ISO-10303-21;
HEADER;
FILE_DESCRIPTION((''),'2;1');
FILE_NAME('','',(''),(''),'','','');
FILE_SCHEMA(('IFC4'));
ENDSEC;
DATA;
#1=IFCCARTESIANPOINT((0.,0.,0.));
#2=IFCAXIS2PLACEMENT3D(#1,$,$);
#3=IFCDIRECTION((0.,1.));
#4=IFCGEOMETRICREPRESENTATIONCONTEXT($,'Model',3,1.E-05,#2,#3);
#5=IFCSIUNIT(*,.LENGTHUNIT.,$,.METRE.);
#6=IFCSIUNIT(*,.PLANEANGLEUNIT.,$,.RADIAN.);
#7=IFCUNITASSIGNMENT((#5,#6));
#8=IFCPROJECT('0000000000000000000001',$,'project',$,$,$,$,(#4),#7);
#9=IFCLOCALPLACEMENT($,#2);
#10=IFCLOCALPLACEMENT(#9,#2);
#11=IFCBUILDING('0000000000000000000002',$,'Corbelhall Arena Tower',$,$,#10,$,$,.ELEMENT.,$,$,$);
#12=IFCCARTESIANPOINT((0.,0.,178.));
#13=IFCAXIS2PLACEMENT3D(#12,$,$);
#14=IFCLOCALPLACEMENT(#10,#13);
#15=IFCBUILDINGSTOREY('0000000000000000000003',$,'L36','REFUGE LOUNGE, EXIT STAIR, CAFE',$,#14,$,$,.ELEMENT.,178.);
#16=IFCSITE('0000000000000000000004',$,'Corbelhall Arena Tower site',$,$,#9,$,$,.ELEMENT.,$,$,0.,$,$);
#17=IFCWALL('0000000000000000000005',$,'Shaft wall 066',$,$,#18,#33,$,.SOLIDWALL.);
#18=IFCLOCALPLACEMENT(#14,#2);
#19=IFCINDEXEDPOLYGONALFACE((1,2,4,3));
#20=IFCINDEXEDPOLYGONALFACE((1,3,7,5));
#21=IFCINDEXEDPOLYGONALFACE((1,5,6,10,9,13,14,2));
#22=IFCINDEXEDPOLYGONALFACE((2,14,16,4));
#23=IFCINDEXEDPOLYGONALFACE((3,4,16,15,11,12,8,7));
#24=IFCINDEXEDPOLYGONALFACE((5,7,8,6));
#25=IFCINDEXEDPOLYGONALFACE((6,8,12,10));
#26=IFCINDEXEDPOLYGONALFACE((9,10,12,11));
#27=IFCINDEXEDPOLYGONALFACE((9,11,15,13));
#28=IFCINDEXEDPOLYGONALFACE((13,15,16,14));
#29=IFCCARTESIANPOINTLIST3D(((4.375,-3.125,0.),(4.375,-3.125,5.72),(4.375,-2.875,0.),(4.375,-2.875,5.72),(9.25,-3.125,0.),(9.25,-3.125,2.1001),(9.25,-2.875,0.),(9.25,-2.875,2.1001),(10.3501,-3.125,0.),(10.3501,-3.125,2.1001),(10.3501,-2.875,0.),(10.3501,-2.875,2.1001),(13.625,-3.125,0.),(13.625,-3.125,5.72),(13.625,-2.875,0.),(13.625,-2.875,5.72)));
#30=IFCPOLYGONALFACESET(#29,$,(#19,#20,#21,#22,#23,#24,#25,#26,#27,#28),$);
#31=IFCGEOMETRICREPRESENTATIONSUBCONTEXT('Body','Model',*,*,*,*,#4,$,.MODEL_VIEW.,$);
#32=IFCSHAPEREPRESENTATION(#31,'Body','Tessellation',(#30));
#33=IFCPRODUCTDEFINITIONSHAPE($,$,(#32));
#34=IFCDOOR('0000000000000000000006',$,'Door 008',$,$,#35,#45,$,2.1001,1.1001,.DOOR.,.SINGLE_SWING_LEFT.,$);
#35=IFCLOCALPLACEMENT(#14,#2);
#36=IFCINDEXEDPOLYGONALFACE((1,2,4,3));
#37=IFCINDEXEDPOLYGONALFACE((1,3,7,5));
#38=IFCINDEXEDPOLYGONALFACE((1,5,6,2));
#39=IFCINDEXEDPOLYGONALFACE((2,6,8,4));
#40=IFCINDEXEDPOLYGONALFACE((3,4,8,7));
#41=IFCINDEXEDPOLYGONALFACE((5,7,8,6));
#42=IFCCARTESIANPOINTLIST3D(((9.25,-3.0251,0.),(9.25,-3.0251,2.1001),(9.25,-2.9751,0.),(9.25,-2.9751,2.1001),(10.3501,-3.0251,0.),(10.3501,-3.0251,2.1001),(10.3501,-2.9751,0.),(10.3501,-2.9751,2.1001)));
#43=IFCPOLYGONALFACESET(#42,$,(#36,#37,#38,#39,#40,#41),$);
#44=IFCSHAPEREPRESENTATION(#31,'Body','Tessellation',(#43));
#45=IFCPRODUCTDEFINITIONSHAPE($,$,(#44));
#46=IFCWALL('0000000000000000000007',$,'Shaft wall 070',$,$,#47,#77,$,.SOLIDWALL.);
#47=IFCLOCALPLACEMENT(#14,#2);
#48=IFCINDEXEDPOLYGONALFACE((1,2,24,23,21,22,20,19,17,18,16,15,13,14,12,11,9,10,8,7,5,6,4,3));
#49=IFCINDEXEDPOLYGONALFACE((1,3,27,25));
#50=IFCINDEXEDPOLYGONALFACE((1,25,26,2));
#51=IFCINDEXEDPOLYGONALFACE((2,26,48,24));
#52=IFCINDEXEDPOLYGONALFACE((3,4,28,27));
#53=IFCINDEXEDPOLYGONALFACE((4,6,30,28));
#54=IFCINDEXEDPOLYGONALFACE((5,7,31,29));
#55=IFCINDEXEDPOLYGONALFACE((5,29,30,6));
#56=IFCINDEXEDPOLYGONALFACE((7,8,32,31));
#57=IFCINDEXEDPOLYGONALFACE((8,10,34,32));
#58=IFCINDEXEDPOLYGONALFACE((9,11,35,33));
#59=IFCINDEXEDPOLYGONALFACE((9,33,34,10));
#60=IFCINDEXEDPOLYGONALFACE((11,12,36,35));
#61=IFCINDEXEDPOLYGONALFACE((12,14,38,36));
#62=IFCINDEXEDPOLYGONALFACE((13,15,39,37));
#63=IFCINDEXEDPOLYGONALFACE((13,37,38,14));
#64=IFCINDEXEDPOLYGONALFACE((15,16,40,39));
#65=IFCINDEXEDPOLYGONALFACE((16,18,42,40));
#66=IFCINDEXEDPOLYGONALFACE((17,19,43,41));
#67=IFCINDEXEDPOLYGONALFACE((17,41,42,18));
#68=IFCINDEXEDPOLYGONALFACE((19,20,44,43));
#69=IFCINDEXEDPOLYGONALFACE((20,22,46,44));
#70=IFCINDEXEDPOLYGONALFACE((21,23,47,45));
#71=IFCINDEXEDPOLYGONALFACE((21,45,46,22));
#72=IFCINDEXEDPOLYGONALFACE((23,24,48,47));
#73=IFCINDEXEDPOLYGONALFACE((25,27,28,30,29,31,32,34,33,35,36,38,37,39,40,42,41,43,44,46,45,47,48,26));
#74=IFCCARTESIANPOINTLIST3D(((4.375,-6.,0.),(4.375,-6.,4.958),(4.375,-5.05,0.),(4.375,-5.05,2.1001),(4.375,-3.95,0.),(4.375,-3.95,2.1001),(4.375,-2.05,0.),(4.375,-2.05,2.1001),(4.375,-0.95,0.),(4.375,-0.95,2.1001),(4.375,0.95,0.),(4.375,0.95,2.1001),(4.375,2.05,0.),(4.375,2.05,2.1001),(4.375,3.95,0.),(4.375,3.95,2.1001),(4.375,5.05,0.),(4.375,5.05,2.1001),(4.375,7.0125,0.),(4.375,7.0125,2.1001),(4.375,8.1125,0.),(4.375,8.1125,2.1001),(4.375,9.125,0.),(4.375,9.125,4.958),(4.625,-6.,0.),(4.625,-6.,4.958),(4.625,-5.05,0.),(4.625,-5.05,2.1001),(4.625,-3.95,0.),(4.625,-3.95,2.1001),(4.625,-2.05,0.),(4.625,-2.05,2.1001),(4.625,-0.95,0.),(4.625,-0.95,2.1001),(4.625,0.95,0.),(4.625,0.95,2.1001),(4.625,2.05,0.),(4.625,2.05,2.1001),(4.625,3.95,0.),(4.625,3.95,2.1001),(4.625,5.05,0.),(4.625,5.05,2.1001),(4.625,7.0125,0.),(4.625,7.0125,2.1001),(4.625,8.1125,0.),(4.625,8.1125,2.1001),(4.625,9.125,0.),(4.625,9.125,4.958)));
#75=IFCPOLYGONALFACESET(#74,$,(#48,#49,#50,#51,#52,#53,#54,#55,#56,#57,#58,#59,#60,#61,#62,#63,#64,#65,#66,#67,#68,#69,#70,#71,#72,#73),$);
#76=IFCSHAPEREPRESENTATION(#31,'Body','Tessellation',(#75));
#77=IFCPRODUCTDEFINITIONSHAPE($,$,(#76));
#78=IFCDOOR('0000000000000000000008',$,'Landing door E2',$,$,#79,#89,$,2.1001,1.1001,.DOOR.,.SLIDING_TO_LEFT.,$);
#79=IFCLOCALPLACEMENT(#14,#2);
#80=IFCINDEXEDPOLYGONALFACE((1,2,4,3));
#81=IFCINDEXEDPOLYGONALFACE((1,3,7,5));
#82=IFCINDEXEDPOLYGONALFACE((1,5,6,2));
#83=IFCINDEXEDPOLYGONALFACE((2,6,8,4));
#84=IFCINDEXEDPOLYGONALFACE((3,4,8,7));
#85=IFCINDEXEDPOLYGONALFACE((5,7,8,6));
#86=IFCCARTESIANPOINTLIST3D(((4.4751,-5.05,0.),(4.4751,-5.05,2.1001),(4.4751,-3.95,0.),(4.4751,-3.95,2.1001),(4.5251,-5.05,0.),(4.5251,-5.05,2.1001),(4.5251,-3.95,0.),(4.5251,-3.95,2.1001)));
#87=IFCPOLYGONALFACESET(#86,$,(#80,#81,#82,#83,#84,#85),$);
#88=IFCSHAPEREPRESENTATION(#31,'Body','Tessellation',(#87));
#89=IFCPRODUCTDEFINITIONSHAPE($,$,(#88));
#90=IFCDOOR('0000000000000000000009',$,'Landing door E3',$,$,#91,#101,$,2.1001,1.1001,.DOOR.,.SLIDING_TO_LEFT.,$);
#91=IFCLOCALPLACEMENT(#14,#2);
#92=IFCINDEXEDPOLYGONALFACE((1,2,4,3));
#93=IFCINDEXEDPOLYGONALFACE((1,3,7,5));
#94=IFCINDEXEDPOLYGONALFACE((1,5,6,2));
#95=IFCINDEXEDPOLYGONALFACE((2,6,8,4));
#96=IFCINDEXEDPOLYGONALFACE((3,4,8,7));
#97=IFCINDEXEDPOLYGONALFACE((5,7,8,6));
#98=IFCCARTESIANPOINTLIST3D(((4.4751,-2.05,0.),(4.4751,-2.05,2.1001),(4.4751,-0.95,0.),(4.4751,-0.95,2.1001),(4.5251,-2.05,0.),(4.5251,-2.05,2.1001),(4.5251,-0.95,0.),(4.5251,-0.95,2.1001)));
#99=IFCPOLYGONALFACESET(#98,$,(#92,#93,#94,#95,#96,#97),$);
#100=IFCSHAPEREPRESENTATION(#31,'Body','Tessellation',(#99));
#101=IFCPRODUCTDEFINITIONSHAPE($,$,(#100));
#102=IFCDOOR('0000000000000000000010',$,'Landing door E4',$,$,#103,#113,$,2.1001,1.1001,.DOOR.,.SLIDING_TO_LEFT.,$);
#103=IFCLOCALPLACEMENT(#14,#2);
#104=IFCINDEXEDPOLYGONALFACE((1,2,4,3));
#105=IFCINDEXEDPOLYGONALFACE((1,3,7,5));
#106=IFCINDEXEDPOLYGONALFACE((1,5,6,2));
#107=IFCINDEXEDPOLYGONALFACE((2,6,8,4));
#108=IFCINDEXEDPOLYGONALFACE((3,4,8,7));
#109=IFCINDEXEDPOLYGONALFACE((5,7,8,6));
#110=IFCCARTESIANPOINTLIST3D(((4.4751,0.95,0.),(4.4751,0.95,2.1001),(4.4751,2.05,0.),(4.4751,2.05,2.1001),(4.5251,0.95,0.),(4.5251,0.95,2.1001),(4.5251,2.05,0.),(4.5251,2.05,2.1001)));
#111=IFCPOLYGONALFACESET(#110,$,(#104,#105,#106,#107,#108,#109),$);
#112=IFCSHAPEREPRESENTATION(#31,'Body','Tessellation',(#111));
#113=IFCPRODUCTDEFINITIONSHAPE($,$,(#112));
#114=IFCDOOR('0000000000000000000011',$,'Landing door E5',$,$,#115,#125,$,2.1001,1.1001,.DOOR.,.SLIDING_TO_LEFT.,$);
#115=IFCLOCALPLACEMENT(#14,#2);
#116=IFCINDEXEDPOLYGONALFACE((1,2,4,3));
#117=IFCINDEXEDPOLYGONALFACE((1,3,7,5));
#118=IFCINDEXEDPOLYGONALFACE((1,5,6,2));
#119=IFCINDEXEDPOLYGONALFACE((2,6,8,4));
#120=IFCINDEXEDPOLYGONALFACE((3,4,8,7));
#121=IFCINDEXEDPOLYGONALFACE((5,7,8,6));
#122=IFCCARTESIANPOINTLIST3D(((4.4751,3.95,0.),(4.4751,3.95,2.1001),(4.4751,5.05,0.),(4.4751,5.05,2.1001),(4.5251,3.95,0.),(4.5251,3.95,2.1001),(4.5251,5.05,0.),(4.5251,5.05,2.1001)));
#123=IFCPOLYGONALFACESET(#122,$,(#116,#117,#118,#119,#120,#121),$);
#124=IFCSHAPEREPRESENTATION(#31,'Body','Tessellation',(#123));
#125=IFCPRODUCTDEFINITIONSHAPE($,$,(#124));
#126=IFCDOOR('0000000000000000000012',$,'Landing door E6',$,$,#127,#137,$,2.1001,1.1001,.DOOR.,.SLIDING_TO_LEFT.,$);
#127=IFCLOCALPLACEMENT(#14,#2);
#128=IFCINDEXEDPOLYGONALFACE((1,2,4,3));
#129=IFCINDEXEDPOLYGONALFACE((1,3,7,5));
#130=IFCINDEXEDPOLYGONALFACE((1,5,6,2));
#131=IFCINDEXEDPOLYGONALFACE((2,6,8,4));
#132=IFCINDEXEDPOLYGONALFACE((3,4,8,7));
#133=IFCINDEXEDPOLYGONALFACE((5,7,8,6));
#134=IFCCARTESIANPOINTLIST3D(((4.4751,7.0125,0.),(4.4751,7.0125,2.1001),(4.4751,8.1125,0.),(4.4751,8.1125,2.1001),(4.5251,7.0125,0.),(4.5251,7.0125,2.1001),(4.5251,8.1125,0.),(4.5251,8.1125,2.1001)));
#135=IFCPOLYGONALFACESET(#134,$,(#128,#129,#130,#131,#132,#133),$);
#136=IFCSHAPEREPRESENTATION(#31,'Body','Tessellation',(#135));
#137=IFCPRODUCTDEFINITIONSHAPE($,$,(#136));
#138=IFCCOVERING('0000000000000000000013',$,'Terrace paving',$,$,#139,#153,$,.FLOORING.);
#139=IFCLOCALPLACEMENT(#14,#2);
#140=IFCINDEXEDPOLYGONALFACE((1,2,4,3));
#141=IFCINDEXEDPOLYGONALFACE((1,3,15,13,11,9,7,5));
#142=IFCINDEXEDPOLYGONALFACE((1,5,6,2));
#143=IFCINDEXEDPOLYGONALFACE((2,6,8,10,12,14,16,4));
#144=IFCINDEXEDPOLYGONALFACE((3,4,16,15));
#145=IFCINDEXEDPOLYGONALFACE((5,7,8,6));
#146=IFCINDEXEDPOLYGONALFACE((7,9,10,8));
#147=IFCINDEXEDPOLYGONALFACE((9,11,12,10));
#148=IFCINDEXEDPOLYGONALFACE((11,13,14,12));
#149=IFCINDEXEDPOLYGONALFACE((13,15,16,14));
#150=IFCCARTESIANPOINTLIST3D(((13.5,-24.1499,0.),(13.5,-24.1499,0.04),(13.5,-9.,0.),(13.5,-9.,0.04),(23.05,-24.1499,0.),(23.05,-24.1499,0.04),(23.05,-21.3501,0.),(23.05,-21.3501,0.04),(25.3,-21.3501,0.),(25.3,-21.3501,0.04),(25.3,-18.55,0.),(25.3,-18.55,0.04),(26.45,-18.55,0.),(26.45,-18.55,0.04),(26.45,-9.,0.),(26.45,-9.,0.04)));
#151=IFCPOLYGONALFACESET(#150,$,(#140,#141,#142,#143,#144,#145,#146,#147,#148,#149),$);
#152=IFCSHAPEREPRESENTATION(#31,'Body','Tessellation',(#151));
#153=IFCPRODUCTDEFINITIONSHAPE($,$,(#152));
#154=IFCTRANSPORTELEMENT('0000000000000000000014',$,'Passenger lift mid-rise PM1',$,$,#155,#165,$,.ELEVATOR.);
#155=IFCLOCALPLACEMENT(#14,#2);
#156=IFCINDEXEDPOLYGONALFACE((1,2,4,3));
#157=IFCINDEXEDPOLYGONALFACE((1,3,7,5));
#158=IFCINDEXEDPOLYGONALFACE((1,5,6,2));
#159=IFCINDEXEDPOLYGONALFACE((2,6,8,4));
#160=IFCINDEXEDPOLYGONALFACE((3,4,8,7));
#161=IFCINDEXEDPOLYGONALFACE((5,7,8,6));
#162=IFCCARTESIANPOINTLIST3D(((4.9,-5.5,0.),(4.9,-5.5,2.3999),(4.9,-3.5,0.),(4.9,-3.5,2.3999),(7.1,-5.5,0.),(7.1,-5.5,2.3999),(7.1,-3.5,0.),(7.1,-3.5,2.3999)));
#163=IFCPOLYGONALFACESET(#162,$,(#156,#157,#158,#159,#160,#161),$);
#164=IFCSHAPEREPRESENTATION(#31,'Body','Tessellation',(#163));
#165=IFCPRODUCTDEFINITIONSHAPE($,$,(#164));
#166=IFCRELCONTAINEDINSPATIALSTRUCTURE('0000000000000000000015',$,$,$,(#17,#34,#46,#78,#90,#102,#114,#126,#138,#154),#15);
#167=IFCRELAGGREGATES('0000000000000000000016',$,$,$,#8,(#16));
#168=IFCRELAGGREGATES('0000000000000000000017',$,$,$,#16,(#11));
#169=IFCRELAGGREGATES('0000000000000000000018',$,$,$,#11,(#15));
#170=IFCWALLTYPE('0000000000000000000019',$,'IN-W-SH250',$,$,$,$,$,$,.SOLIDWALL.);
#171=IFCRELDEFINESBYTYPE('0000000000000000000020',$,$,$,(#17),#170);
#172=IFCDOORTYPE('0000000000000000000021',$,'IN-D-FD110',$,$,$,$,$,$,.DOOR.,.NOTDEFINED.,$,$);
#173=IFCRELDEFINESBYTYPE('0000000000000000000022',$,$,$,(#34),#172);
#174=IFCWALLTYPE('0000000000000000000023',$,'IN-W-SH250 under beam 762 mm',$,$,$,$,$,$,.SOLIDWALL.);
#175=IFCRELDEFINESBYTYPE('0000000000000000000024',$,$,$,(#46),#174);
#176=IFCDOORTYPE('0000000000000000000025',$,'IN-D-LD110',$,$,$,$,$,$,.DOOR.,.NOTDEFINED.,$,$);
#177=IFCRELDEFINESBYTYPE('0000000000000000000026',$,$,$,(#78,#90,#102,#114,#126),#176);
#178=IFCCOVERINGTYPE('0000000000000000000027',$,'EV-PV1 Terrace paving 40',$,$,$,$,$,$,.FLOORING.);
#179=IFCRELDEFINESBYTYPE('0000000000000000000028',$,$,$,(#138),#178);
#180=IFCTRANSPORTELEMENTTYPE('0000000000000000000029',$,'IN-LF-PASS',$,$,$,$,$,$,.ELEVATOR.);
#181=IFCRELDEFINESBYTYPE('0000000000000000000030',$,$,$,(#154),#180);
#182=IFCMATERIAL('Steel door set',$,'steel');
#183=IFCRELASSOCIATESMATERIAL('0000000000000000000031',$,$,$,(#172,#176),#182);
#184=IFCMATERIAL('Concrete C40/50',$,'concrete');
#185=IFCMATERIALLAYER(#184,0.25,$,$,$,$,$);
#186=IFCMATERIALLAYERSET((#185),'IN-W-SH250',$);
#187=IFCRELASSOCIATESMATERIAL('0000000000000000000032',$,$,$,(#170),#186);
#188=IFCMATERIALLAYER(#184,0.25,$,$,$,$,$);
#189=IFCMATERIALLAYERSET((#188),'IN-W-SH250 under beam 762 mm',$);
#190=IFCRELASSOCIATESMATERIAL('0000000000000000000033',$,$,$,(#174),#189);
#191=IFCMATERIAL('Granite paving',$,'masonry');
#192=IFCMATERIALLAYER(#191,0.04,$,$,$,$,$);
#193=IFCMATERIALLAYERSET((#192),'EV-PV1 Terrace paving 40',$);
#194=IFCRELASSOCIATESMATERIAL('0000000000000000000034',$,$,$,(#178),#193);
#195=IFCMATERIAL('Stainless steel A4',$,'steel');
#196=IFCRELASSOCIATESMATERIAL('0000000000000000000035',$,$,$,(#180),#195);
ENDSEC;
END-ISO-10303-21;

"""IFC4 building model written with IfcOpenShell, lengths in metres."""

from ifc_helpers import new_model, si_unit, direction, frame, frame_2d, origin, origin_2d, place, context, subcontext, project, spatial, polyline, rectangle, outline, extrude, material, layer, layer_set, type_object, element, fill, save


model = new_model("IFC4")

# Units and contexts
model_context = context("Model", 3, precision=1e-05, world=origin(), true_north=direction((0.0, 1.0)))
body_context = subcontext(model_context, "Body", "Model", "MODEL_VIEW")
ifc_project = project(units=[si_unit("LENGTHUNIT", "METRE"), si_unit("PLANEANGLEUNIT", "RADIAN")], contexts=[model_context])

# Site, building, storey
site_placement = place(None, origin())
site = spatial("IfcSite", under=ifc_project, at=site_placement, Name="Corbelhall Arena Tower site", CompositionType="ELEMENT", RefElevation=0.0)
building_placement = place(site_placement, origin())
building = spatial("IfcBuilding", under=site, at=building_placement, Name="Corbelhall Arena Tower", CompositionType="ELEMENT")
storey_placement = place(building_placement, frame((0.0, 0.0, 178.0)))
storey = spatial("IfcBuildingStorey", under=building, at=storey_placement, Name="L36", Description="REFUGE LOUNGE, EXIT STAIR, CAFE", CompositionType="ELEMENT", Elevation=178.0)

# Shared definitions
ifc_material_1 = material(Name="Concrete C40/50", Category="concrete")

# Shared definitions
ifc_material_2 = material(Name="Steel door set", Category="steel")
door_type_1 = type_object("IfcDoorType", Name="IN-D-FD110", OperationType="NOTDEFINED", PredefinedType="DOOR", material=ifc_material_2)

# Shared definitions
ifc_layer_1 = layer(ifc_material_1, 0.25)
ifc_layer_set_1 = layer_set([ifc_layer_1], Name="IN-W-SH250")
wall_type_1 = type_object("IfcWallType", Name="IN-W-SH250", PredefinedType="SOLIDWALL", material=ifc_layer_set_1)

# Wall, opening, door
wall_1_placement = place(storey_placement, frame((4.375, -3.0, 0.0), z_axis=(0.0, 0.0, 1.0), x_axis=(1.0, 0.0, 0.0)))
wall_1 = element("IfcWall", 1, at=wall_1_placement, inside=storey, type_object=wall_type_1, Name="Shaft wall 066", PredefinedType="SOLIDWALL", context=body_context, shape_type="SweptSolid", body=[
    extrude(rectangle(XDim=9.25, YDim=0.25, at=frame_2d((4.625, 0.0))), origin(), (0.0, 0.0, 1.0), 5.72),
])
opening_1_placement = place(wall_1_placement, frame((4.875, 0.0, 0.0)))
opening_1 = element("IfcOpeningElement", 2, at=opening_1_placement, cuts=wall_1, PredefinedType="OPENING", context=body_context, shape_type="SweptSolid", body=[
    extrude(rectangle(XDim=1.1001, YDim=2.1001, at=frame_2d((0.55, 1.05))), frame((0.0, 0.125, 0.0), z_axis=(0.0, -1.0, 0.0), x_axis=(1.0, 0.0, 0.0)), (0.0, 0.0, 1.0), 0.25),
])
door_1_placement = place(opening_1_placement, origin())
door_1 = element("IfcDoor", 3, at=door_1_placement, inside=storey, type_object=door_type_1, Name="Door 008", OperationType="SINGLE_SWING_LEFT", OverallHeight=2.1001, OverallWidth=1.1001, PredefinedType="DOOR", context=body_context, shape_type="SweptSolid", body=[
    extrude(rectangle(XDim=1.1001, YDim=2.1001, at=frame_2d((0.55, 1.05))), frame((0.0, 0.0249, 0.0), z_axis=(0.0, -1.0, 0.0), x_axis=(1.0, 0.0, 0.0)), (0.0, 0.0, 1.0), 0.05),
])
fill(opening_1, door_1)

# Wall, openings, doors
ifc_layer_2 = layer(ifc_material_1, 0.25)
ifc_layer_set_2 = layer_set([ifc_layer_2], Name="IN-W-SH250 under beam 762 mm")
wall_type_2 = type_object("IfcWallType", Name="IN-W-SH250 under beam 762 mm", PredefinedType="SOLIDWALL", material=ifc_layer_set_2)
wall_2_placement = place(storey_placement, frame((4.5, -6.0, 0.0), z_axis=(0.0, 0.0, 1.0), x_axis=(0.0, 1.0, 0.0)))
wall_2 = element("IfcWall", 4, at=wall_2_placement, inside=storey, type_object=wall_type_2, Name="Shaft wall 070", PredefinedType="SOLIDWALL", context=body_context, shape_type="SweptSolid", body=[
    extrude(rectangle(XDim=15.125, YDim=0.25, at=frame_2d((7.5625, 0.0))), origin(), (0.0, 0.0, 1.0), 4.958),
])
opening_2_placement = place(wall_2_placement, frame((0.95, 0.0, 0.0)))
opening_2 = element("IfcOpeningElement", 5, at=opening_2_placement, cuts=wall_2, PredefinedType="OPENING", context=body_context, shape_type="SweptSolid", body=[
    extrude(rectangle(XDim=1.1001, YDim=2.1001, at=frame_2d((0.55, 1.05))), frame((0.0, 0.125, 0.0), z_axis=(0.0, -1.0, 0.0), x_axis=(1.0, 0.0, 0.0)), (0.0, 0.0, 1.0), 0.25),
])
opening_3_placement = place(wall_2_placement, frame((3.95, 0.0, 0.0)))
opening_3 = element("IfcOpeningElement", 6, at=opening_3_placement, cuts=wall_2, PredefinedType="OPENING", context=body_context, shape_type="SweptSolid", body=[
    extrude(rectangle(XDim=1.1001, YDim=2.1001, at=frame_2d((0.55, 1.05))), frame((0.0, 0.125, 0.0), z_axis=(0.0, -1.0, 0.0), x_axis=(1.0, 0.0, 0.0)), (0.0, 0.0, 1.0), 0.25),
])
opening_4_placement = place(wall_2_placement, frame((6.95, 0.0, 0.0)))
opening_4 = element("IfcOpeningElement", 7, at=opening_4_placement, cuts=wall_2, PredefinedType="OPENING", context=body_context, shape_type="SweptSolid", body=[
    extrude(rectangle(XDim=1.1001, YDim=2.1001, at=frame_2d((0.55, 1.05))), frame((0.0, 0.125, 0.0), z_axis=(0.0, -1.0, 0.0), x_axis=(1.0, 0.0, 0.0)), (0.0, 0.0, 1.0), 0.25),
])
opening_5_placement = place(wall_2_placement, frame((9.95, 0.0, 0.0)))
opening_5 = element("IfcOpeningElement", 8, at=opening_5_placement, cuts=wall_2, PredefinedType="OPENING", context=body_context, shape_type="SweptSolid", body=[
    extrude(rectangle(XDim=1.1001, YDim=2.1001, at=frame_2d((0.55, 1.05))), frame((0.0, 0.125, 0.0), z_axis=(0.0, -1.0, 0.0), x_axis=(1.0, 0.0, 0.0)), (0.0, 0.0, 1.0), 0.25),
])
opening_6_placement = place(wall_2_placement, frame((13.0125, 0.0, 0.0)))
opening_6 = element("IfcOpeningElement", 9, at=opening_6_placement, cuts=wall_2, PredefinedType="OPENING", context=body_context, shape_type="SweptSolid", body=[
    extrude(rectangle(XDim=1.1001, YDim=2.1001, at=frame_2d((0.55, 1.05))), frame((0.0, 0.125, 0.0), z_axis=(0.0, -1.0, 0.0), x_axis=(1.0, 0.0, 0.0)), (0.0, 0.0, 1.0), 0.25),
])
door_type_2 = type_object("IfcDoorType", Name="IN-D-LD110", OperationType="NOTDEFINED", PredefinedType="DOOR", material=ifc_material_2)
door_2_placement = place(opening_2_placement, origin())
door_2 = element("IfcDoor", 10, at=door_2_placement, inside=storey, type_object=door_type_2, Name="Landing door E2", OperationType="SLIDING_TO_LEFT", OverallHeight=2.1001, OverallWidth=1.1001, PredefinedType="DOOR", context=body_context, shape_type="SweptSolid", body=[
    extrude(rectangle(XDim=1.1001, YDim=2.1001, at=frame_2d((0.55, 1.05))), frame((0.0, 0.0249, 0.0), z_axis=(0.0, -1.0, 0.0), x_axis=(1.0, 0.0, 0.0)), (0.0, 0.0, 1.0), 0.05),
])
fill(opening_2, door_2)
door_3_placement = place(opening_3_placement, origin())
door_3 = element("IfcDoor", 11, at=door_3_placement, inside=storey, type_object=door_type_2, Name="Landing door E3", OperationType="SLIDING_TO_LEFT", OverallHeight=2.1001, OverallWidth=1.1001, PredefinedType="DOOR", context=body_context, shape_type="SweptSolid", body=[
    extrude(rectangle(XDim=1.1001, YDim=2.1001, at=frame_2d((0.55, 1.05))), frame((0.0, 0.0249, 0.0), z_axis=(0.0, -1.0, 0.0), x_axis=(1.0, 0.0, 0.0)), (0.0, 0.0, 1.0), 0.05),
])
fill(opening_3, door_3)
door_4_placement = place(opening_4_placement, origin())
door_4 = element("IfcDoor", 12, at=door_4_placement, inside=storey, type_object=door_type_2, Name="Landing door E4", OperationType="SLIDING_TO_LEFT", OverallHeight=2.1001, OverallWidth=1.1001, PredefinedType="DOOR", context=body_context, shape_type="SweptSolid", body=[
    extrude(rectangle(XDim=1.1001, YDim=2.1001, at=frame_2d((0.55, 1.05))), frame((0.0, 0.0249, 0.0), z_axis=(0.0, -1.0, 0.0), x_axis=(1.0, 0.0, 0.0)), (0.0, 0.0, 1.0), 0.05),
])
fill(opening_4, door_4)
door_5_placement = place(opening_5_placement, origin())
door_5 = element("IfcDoor", 13, at=door_5_placement, inside=storey, type_object=door_type_2, Name="Landing door E5", OperationType="SLIDING_TO_LEFT", OverallHeight=2.1001, OverallWidth=1.1001, PredefinedType="DOOR", context=body_context, shape_type="SweptSolid", body=[
    extrude(rectangle(XDim=1.1001, YDim=2.1001, at=frame_2d((0.55, 1.05))), frame((0.0, 0.0249, 0.0), z_axis=(0.0, -1.0, 0.0), x_axis=(1.0, 0.0, 0.0)), (0.0, 0.0, 1.0), 0.05),
])
fill(opening_5, door_5)
door_6_placement = place(opening_6_placement, origin())
door_6 = element("IfcDoor", 14, at=door_6_placement, inside=storey, type_object=door_type_2, Name="Landing door E6", OperationType="SLIDING_TO_LEFT", OverallHeight=2.1001, OverallWidth=1.1001, PredefinedType="DOOR", context=body_context, shape_type="SweptSolid", body=[
    extrude(rectangle(XDim=1.1001, YDim=2.1001, at=frame_2d((0.55, 1.05))), frame((0.0, 0.0249, 0.0), z_axis=(0.0, -1.0, 0.0), x_axis=(1.0, 0.0, 0.0)), (0.0, 0.0, 1.0), 0.05),
])
fill(opening_6, door_6)

# Covering
ifc_material_3 = material(Name="Granite paving", Category="masonry")
ifc_layer_3 = layer(ifc_material_3, 0.04)
ifc_layer_set_3 = layer_set([ifc_layer_3], Name="EV-PV1 Terrace paving 40")
covering_type = type_object("IfcCoveringType", Name="EV-PV1 Terrace paving 40", PredefinedType="FLOORING", material=ifc_layer_set_3)
covering_placement = place(storey_placement, origin())
element("IfcCovering", 15, at=covering_placement, inside=storey, type_object=covering_type, Name="Terrace paving", PredefinedType="FLOORING", context=body_context, shape_type="SweptSolid", body=[
    extrude(outline(polyline([(25.3, -18.55), (25.3, -21.3501), (23.05, -21.3501), (23.05, -24.1499), (13.5, -24.1499), (13.5, -9.0), (26.45, -9.0), (26.45, -18.55), (25.3, -18.55)])), origin(), (0.0, 0.0, 1.0), 0.04),
])

# Transport element
ifc_material_4 = material(Name="Stainless steel A4", Category="steel")
transport_element_type = type_object("IfcTransportElementType", Name="IN-LF-PASS", PredefinedType="ELEVATOR", material=ifc_material_4)
transport_element_placement = place(storey_placement, frame((6.0, -4.5, 0.0), z_axis=(0.0, 0.0, 1.0), x_axis=(1.0, 0.0, 0.0)))
element("IfcTransportElement", 16, at=transport_element_placement, inside=storey, type_object=transport_element_type, Name="Passenger lift mid-rise PM1", PredefinedType="ELEVATOR", context=body_context, shape_type="SweptSolid", body=[
    extrude(rectangle(XDim=2.2, YDim=2.0, at=origin_2d()), origin(), (0.0, 0.0, 1.0), 2.3999),
])

save(model, "model.ifc")
